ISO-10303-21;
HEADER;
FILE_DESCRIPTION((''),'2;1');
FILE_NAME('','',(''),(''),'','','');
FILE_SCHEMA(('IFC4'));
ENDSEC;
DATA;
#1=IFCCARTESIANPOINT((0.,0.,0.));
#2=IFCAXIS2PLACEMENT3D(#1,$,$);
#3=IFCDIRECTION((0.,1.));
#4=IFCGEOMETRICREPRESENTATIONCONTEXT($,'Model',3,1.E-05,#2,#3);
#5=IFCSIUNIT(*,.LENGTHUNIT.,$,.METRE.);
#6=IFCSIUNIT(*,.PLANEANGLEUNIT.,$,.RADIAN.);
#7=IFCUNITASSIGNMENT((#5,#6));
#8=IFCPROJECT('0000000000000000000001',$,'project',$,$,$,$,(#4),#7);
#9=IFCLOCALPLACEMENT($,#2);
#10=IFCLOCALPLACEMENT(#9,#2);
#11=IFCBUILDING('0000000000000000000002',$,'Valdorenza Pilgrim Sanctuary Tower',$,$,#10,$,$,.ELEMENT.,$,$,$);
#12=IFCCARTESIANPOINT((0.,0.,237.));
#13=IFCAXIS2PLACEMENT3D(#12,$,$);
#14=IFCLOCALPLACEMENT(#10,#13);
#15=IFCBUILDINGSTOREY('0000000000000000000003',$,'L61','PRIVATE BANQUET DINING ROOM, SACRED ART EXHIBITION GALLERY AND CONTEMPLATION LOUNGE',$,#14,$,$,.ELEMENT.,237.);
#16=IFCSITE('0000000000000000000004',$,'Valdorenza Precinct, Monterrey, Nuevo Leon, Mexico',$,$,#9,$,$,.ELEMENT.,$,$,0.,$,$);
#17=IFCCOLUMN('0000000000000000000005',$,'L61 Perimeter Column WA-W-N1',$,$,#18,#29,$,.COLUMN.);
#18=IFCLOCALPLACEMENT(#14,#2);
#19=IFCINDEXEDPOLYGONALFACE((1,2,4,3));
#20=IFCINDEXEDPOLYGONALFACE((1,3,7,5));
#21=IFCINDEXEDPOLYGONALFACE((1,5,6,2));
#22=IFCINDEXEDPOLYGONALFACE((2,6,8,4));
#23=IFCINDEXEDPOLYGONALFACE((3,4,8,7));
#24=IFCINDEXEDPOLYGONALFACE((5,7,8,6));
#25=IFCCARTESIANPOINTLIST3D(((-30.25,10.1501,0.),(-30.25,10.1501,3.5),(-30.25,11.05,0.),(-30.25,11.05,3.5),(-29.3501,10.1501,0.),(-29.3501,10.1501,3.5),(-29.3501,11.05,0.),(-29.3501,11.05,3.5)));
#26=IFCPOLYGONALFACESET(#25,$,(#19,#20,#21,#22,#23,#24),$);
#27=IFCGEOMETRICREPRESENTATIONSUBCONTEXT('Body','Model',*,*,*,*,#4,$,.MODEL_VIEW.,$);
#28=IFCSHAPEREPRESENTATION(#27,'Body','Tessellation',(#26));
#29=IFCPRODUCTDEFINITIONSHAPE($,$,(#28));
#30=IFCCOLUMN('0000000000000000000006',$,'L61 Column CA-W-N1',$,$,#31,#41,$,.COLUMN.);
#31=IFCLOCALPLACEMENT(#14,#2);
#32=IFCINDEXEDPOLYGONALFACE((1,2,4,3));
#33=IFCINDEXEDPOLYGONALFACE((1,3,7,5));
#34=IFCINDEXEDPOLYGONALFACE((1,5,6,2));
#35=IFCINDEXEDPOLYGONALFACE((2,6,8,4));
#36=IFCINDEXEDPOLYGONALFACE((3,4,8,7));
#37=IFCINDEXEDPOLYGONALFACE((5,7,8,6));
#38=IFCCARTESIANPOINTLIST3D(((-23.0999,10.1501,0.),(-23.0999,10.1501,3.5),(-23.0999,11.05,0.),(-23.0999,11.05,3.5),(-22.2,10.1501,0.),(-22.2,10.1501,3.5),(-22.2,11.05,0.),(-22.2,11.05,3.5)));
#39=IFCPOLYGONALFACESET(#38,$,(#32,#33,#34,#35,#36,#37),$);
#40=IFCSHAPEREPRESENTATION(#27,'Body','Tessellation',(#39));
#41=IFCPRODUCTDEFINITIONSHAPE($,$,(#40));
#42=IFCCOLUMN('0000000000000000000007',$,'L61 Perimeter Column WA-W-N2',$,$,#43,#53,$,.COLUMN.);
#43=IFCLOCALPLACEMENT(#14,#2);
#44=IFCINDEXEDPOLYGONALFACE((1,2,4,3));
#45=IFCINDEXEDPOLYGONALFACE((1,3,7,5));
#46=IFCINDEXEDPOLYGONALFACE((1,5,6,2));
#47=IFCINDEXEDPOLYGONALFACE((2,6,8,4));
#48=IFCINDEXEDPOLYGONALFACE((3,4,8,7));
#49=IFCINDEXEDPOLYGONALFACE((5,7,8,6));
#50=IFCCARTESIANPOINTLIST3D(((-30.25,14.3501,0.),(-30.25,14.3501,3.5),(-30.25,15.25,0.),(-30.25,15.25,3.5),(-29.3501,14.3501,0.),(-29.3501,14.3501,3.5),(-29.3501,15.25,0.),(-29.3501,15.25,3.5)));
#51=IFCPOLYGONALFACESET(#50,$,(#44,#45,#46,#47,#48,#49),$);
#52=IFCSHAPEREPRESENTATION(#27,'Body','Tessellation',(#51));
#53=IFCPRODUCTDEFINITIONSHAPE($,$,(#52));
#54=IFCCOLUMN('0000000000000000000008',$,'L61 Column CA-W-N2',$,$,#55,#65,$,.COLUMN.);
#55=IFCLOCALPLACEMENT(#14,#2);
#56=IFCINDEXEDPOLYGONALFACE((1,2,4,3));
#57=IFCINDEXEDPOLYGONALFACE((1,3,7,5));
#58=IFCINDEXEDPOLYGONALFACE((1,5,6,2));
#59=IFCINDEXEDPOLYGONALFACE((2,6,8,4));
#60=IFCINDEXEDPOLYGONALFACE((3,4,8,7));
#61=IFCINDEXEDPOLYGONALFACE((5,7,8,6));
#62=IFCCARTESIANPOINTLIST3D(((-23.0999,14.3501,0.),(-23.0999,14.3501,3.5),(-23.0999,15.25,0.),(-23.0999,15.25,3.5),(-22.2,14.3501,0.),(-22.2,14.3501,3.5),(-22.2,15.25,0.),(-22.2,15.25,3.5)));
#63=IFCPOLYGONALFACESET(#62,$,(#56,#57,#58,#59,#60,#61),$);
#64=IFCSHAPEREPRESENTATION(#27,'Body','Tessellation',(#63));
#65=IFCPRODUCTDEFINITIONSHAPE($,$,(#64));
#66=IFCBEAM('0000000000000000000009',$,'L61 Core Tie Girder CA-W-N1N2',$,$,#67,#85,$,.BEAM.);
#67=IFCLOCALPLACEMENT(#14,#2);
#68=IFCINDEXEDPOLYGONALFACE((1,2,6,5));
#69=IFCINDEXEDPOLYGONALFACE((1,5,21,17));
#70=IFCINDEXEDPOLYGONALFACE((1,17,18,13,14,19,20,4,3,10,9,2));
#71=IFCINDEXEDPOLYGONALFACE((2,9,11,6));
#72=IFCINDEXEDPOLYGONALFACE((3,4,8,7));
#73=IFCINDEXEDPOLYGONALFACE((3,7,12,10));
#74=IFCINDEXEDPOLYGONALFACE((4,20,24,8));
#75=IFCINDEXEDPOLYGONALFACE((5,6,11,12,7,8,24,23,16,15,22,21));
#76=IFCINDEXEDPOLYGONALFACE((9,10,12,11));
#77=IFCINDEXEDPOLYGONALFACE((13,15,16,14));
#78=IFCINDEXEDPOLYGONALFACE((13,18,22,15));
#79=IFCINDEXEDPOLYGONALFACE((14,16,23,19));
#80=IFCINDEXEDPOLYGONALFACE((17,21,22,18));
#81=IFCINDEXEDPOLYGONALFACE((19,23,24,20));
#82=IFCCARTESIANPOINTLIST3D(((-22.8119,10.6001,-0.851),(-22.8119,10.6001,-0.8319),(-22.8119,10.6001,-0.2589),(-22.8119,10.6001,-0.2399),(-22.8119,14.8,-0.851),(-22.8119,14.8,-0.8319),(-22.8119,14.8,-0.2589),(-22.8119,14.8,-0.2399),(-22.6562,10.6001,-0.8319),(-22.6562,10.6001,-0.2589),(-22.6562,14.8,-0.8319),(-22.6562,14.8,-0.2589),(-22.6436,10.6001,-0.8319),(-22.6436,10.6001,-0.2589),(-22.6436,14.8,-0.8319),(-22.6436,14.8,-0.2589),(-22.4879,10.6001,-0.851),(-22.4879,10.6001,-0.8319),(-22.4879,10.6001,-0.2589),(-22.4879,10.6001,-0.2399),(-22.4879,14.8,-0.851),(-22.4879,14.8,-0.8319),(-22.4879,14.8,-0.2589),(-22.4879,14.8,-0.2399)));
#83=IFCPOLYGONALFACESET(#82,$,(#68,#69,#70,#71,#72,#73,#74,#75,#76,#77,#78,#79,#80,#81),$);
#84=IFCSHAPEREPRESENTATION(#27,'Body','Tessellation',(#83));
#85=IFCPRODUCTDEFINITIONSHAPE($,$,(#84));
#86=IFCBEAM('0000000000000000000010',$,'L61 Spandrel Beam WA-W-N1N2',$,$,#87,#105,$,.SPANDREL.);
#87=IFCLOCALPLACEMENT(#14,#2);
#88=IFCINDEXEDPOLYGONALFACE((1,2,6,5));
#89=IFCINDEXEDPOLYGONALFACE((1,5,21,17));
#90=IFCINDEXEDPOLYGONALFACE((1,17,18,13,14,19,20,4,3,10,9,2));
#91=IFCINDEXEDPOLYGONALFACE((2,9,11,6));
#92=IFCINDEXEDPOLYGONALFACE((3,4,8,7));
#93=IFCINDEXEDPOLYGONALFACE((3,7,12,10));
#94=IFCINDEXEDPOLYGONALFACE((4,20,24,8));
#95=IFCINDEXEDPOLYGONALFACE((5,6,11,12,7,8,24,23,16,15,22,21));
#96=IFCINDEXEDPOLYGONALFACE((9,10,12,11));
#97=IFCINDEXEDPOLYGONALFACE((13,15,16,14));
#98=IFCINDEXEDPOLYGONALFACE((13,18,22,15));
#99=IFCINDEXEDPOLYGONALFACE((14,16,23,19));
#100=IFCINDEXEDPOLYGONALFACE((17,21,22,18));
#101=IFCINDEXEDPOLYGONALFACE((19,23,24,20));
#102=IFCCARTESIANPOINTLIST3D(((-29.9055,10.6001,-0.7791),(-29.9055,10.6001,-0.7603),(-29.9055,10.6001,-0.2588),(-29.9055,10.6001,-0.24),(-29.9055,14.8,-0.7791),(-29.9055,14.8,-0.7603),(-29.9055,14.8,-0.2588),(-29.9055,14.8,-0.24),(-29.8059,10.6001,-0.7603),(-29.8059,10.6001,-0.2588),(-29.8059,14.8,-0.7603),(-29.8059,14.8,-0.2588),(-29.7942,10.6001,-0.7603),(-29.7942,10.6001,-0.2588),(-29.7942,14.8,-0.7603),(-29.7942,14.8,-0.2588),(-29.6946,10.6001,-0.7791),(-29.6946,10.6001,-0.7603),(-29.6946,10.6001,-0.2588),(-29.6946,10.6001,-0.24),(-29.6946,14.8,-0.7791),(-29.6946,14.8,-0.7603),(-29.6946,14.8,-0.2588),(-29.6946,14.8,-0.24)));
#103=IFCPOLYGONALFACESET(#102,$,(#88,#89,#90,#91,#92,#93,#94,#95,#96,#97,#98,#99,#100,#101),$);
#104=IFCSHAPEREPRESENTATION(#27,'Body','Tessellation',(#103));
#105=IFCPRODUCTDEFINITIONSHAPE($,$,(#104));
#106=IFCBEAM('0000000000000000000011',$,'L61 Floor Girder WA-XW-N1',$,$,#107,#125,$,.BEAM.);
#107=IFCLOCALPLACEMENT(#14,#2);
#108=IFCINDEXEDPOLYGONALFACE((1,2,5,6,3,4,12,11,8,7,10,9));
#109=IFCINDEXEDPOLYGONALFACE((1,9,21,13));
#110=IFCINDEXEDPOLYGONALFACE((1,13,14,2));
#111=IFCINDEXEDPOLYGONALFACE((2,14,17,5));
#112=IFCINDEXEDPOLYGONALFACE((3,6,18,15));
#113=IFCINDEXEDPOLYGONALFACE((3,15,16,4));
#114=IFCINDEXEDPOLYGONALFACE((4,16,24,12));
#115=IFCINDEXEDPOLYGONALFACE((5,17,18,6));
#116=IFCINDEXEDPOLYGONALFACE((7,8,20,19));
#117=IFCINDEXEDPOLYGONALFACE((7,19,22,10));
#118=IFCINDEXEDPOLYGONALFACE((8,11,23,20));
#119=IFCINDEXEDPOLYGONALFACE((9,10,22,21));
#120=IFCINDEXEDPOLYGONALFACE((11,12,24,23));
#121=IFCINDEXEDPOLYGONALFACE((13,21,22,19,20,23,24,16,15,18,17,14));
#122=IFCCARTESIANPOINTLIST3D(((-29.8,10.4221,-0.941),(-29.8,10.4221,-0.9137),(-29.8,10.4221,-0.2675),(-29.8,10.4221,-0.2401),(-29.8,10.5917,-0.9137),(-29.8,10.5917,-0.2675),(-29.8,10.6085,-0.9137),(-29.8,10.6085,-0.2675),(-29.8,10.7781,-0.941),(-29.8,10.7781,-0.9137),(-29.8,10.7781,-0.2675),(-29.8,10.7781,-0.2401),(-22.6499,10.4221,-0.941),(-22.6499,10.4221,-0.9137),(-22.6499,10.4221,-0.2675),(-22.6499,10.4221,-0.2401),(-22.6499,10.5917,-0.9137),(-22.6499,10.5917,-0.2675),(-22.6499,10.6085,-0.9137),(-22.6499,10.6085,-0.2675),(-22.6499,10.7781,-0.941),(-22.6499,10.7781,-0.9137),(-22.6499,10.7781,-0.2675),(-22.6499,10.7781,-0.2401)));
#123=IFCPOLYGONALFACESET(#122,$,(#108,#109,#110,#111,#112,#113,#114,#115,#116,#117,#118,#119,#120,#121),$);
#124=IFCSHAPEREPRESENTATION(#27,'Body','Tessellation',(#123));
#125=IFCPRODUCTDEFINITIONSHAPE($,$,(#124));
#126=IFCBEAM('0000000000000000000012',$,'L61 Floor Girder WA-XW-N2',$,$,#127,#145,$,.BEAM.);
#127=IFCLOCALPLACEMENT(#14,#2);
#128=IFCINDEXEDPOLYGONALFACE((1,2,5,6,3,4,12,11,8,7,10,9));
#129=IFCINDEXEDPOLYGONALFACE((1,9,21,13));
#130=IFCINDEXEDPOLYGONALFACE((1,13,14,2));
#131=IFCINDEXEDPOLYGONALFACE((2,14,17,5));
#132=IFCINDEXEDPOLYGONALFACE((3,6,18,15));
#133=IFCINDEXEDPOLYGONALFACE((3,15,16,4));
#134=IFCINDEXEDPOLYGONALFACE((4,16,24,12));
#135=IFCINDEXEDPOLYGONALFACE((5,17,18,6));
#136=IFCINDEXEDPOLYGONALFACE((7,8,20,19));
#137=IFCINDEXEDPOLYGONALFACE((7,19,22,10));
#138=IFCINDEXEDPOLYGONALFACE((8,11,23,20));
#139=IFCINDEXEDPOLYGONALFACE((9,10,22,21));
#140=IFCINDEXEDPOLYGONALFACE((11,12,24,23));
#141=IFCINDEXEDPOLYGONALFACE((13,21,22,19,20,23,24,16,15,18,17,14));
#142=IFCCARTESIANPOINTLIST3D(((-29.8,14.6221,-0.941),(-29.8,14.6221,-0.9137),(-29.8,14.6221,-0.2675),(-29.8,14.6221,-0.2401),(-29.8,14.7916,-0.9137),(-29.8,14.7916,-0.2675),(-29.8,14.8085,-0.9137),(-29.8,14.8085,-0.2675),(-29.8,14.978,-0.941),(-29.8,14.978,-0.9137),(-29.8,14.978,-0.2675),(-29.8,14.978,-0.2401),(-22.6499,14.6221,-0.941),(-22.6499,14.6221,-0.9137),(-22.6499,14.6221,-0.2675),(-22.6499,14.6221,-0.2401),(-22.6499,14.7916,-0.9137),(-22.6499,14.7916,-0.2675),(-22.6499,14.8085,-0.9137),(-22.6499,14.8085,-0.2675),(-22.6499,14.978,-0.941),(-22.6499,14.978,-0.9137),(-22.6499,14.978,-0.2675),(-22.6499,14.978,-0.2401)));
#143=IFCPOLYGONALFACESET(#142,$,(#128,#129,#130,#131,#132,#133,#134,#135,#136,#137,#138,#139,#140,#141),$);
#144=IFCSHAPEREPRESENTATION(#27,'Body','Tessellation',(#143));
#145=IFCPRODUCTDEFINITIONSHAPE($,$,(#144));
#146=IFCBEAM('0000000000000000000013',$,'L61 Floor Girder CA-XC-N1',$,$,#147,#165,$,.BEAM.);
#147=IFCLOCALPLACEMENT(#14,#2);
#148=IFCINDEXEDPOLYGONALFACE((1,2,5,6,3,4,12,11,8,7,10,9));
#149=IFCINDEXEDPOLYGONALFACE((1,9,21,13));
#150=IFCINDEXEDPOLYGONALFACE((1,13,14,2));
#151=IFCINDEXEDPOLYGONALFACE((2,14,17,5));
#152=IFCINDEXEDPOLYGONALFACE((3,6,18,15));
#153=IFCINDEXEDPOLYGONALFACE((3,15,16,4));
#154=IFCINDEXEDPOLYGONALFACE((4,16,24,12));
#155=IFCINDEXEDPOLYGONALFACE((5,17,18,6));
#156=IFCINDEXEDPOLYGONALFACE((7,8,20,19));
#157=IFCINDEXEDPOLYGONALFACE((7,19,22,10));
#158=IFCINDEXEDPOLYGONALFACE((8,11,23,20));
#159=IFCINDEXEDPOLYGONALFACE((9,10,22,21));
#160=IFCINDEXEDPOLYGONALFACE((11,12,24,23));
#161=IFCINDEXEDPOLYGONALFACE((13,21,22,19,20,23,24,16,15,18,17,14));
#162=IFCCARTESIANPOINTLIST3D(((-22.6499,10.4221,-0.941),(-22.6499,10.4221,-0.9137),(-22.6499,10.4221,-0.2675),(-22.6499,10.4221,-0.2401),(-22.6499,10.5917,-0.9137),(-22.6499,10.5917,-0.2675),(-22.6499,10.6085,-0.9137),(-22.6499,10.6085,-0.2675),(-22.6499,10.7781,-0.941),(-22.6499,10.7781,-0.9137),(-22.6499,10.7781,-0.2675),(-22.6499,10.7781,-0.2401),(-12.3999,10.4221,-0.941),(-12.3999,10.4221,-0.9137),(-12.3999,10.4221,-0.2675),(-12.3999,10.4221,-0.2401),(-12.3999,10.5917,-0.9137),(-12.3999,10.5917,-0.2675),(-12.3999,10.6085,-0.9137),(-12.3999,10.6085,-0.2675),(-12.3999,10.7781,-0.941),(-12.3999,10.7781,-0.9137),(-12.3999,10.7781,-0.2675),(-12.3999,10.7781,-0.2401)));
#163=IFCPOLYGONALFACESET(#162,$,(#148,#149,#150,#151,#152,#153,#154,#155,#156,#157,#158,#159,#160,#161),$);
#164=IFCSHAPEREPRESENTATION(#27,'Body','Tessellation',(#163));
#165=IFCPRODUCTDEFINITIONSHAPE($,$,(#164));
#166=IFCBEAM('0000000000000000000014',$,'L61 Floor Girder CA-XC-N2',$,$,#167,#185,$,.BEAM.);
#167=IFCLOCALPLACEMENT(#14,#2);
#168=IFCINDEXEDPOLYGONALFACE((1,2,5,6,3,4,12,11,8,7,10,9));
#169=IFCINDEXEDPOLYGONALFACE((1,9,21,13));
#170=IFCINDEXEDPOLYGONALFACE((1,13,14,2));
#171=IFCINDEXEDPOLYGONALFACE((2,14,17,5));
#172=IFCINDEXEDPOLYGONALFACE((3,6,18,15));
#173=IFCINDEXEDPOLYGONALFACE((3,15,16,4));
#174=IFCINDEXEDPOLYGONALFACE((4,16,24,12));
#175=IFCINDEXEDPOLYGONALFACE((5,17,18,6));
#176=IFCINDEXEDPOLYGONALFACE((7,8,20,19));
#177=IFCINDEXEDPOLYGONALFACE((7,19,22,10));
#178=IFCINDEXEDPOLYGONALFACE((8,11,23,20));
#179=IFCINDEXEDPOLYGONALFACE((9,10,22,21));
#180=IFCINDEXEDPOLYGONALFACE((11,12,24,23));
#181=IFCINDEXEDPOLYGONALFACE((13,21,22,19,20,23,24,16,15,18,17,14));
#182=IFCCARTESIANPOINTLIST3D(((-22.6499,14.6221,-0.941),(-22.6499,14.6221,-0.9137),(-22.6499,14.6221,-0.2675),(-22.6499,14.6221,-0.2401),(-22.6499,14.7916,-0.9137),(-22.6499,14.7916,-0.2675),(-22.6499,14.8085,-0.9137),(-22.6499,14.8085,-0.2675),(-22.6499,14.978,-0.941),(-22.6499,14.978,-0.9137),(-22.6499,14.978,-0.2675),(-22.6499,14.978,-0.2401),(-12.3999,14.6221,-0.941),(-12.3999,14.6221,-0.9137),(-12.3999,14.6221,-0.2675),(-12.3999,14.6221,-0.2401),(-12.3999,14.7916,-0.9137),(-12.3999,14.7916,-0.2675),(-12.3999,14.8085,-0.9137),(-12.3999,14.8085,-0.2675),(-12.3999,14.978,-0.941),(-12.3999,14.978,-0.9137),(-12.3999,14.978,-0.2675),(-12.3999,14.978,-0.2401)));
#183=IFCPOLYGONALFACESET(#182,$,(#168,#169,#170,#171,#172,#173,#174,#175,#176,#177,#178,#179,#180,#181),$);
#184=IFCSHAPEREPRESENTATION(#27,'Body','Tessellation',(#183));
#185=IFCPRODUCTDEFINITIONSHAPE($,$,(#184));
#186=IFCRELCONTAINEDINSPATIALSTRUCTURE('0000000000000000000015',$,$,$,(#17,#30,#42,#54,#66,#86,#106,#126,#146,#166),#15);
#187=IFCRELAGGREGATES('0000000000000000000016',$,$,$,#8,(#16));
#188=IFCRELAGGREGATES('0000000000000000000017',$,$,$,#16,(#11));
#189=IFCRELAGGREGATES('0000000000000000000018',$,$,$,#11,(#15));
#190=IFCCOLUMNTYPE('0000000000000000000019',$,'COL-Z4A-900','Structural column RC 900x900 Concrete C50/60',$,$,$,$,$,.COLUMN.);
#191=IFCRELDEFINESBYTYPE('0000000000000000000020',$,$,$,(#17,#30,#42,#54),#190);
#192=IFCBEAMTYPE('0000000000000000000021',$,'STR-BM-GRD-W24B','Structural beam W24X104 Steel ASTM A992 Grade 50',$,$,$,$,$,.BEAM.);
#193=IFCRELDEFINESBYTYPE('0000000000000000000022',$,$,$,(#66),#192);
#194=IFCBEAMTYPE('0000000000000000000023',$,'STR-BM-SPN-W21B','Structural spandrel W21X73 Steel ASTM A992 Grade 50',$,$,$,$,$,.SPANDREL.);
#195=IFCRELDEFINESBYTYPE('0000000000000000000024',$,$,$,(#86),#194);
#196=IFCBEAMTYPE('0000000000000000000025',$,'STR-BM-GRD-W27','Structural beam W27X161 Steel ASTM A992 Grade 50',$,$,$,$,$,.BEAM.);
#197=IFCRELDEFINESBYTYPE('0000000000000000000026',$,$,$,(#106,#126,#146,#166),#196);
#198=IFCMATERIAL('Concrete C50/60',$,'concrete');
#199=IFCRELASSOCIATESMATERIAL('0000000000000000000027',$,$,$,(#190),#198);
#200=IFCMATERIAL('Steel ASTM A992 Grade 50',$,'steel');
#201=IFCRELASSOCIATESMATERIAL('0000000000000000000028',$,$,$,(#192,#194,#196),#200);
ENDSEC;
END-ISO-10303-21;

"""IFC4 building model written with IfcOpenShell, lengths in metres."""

from ifc_helpers import new_model, si_unit, direction, frame, origin, origin_2d, place, context, subcontext, project, spatial, rectangle, i_section, extrude, source, transform, mapped, material, material_profile, profile_set, type_object, element, save


model = new_model("IFC4")

# Units and contexts
model_context = context("Model", 3, precision=1e-05, world=origin(), true_north=direction((0.0, 1.0)))
body_context = subcontext(model_context, "Body", "Model", "MODEL_VIEW")
ifc_project = project(units=[si_unit("LENGTHUNIT", "METRE"), si_unit("PLANEANGLEUNIT", "RADIAN")], contexts=[model_context])

# Site, building, storey
site_placement = place(None, origin())
site = spatial("IfcSite", under=ifc_project, at=site_placement, Name="Valdorenza Precinct, Monterrey, Nuevo Leon, Mexico", CompositionType="ELEMENT", RefElevation=0.0)
building_placement = place(site_placement, origin())
building = spatial("IfcBuilding", under=site, at=building_placement, Name="Valdorenza Pilgrim Sanctuary Tower", CompositionType="ELEMENT")
storey_placement = place(building_placement, frame((0.0, 0.0, 237.0)))
storey = spatial("IfcBuildingStorey", under=building, at=storey_placement, Name="L61", Description="PRIVATE BANQUET DINING ROOM, SACRED ART EXHIBITION GALLERY AND CONTEMPLATION LOUNGE", CompositionType="ELEMENT", Elevation=237.0)

# Columns
ifc_material_1 = material(Name="Concrete C50/60", Category="concrete")
ifc_material_profile_1 = material_profile(ifc_material_1, rectangle(XDim=0.8999, YDim=0.8999, at=origin_2d()), Name="RC 900x900")
ifc_profile_set_1 = profile_set([ifc_material_profile_1], Name="Concrete C50/60")
column_type = type_object("IfcColumnType", Name="COL-Z4A-900", Description="Structural column RC 900x900 Concrete C50/60", PredefinedType="COLUMN", material=ifc_profile_set_1)
shared_shape_1 = source(origin(), body_context, "Body", "SweptSolid", [
    extrude(rectangle(XDim=0.8999, YDim=0.8999, at=origin_2d()), origin(), (0.0, 0.0, 1.0), 3.5),
])
for number, where, z_axis, x_axis, name in (
    (1, (-29.8, 10.6001, 0.0), (0.0, 0.0, 1.0), (1.0, 0.0, 0.0), "L61 Perimeter Column WA-W-N1"),
    (2, (-22.6499, 10.6001, 0.0), (0.0, 0.0, 1.0), (1.0, 0.0, 0.0), "L61 Column CA-W-N1"),
    (3, (-29.8, 14.8, 0.0), (0.0, 0.0, 1.0), (1.0, 0.0, 0.0), "L61 Perimeter Column WA-W-N2"),
    (4, (-22.6499, 14.8, 0.0), (0.0, 0.0, 1.0), (1.0, 0.0, 0.0), "L61 Column CA-W-N2"),
):
    element("IfcColumn", number, at=place(storey_placement, frame(where, z_axis=z_axis, x_axis=x_axis)), inside=storey, type_object=column_type, Name=name, PredefinedType="COLUMN", context=body_context, shape_type="MappedRepresentation", body=[
        mapped(shared_shape_1, transform((0.0, 0.0, 0.0), x_axis=(1.0, 0.0, 0.0), y_axis=(0.0, 1.0, 0.0), z_axis=(0.0, 0.0, 1.0), scale=1.0)),
    ])

# Beams
ifc_material_2 = material(Name="Steel ASTM A992 Grade 50", Category="steel")
ifc_material_profile_2 = material_profile(ifc_material_2, i_section(OverallWidth=0.324, OverallDepth=0.6111, WebThickness=0.0127, FlangeThickness=0.019, at=origin_2d()), Name="W24X104")
ifc_profile_set_2 = profile_set([ifc_material_profile_2], Name="Steel ASTM A992 Grade 50")
beam_type_1 = type_object("IfcBeamType", Name="STR-BM-GRD-W24B", Description="Structural beam W24X104 Steel ASTM A992 Grade 50", PredefinedType="BEAM", material=ifc_profile_set_2)
shared_shape_2 = source(origin(), body_context, "Body", "SweptSolid", [
    extrude(i_section(OverallWidth=0.324, OverallDepth=0.6111, WebThickness=0.0127, FlangeThickness=0.019, at=origin_2d()), origin(), (0.0, 0.0, 1.0), 4.2),
])
beam_1_placement = place(storey_placement, frame((-22.6499, 10.6001, -0.5454), z_axis=(0.0, 1.0, 0.0), x_axis=(-1.0, 0.0, 0.0)))
element("IfcBeam", 5, at=beam_1_placement, inside=storey, type_object=beam_type_1, Name="L61 Core Tie Girder CA-W-N1N2", PredefinedType="BEAM", context=body_context, shape_type="MappedRepresentation", body=[
    mapped(shared_shape_2, transform((0.0, 0.0, 0.0), x_axis=(1.0, 0.0, 0.0), y_axis=(0.0, 1.0, 0.0), z_axis=(0.0, 0.0, 1.0), scale=1.0)),
])
ifc_material_profile_3 = material_profile(ifc_material_2, i_section(OverallWidth=0.2109, OverallDepth=0.5391, WebThickness=0.0117, FlangeThickness=0.0188, at=origin_2d()), Name="W21X73")
ifc_profile_set_3 = profile_set([ifc_material_profile_3], Name="Steel ASTM A992 Grade 50")
beam_type_2 = type_object("IfcBeamType", Name="STR-BM-SPN-W21B", Description="Structural spandrel W21X73 Steel ASTM A992 Grade 50", PredefinedType="SPANDREL", material=ifc_profile_set_3)
shared_shape_3 = source(origin(), body_context, "Body", "SweptSolid", [
    extrude(i_section(OverallWidth=0.2109, OverallDepth=0.5391, WebThickness=0.0117, FlangeThickness=0.0188, at=origin_2d()), origin(), (0.0, 0.0, 1.0), 4.2),
])
beam_2_placement = place(storey_placement, frame((-29.8, 10.6001, -0.5095), z_axis=(0.0, 1.0, 0.0), x_axis=(-1.0, 0.0, 0.0)))
element("IfcBeam", 6, at=beam_2_placement, inside=storey, type_object=beam_type_2, Name="L61 Spandrel Beam WA-W-N1N2", PredefinedType="SPANDREL", context=body_context, shape_type="MappedRepresentation", body=[
    mapped(shared_shape_3, transform((0.0, 0.0, 0.0), x_axis=(1.0, 0.0, 0.0), y_axis=(0.0, 1.0, 0.0), z_axis=(0.0, 0.0, 1.0), scale=1.0)),
])
ifc_material_profile_4 = material_profile(ifc_material_2, i_section(OverallWidth=0.356, OverallDepth=0.7009, WebThickness=0.0168, FlangeThickness=0.0273, at=origin_2d()), Name="W27X161")
ifc_profile_set_4 = profile_set([ifc_material_profile_4], Name="Steel ASTM A992 Grade 50")
beam_type_3 = type_object("IfcBeamType", Name="STR-BM-GRD-W27", Description="Structural beam W27X161 Steel ASTM A992 Grade 50", PredefinedType="BEAM", material=ifc_profile_set_4)
shared_shape_4 = source(origin(), body_context, "Body", "SweptSolid", [
    extrude(i_section(OverallWidth=0.356, OverallDepth=0.7009, WebThickness=0.0168, FlangeThickness=0.0273, at=origin_2d()), origin(), (0.0, 0.0, 1.0), 7.1501),
])
for number, where, z_axis, x_axis, name in (
    (7, (-29.8, 10.6001, -0.5906), (1.0, 0.0, 0.0), (0.0, 1.0, 0.0), "L61 Floor Girder WA-XW-N1"),
    (8, (-29.8, 14.8, -0.5906), (1.0, 0.0, 0.0), (0.0, 1.0, 0.0), "L61 Floor Girder WA-XW-N2"),
):
    element("IfcBeam", number, at=place(storey_placement, frame(where, z_axis=z_axis, x_axis=x_axis)), inside=storey, type_object=beam_type_3, Name=name, PredefinedType="BEAM", context=body_context, shape_type="MappedRepresentation", body=[
        mapped(shared_shape_4, transform((0.0, 0.0, 0.0), x_axis=(1.0, 0.0, 0.0), y_axis=(0.0, 1.0, 0.0), z_axis=(0.0, 0.0, 1.0), scale=1.0)),
    ])
shared_shape_5 = source(origin(), body_context, "Body", "SweptSolid", [
    extrude(i_section(OverallWidth=0.356, OverallDepth=0.7009, WebThickness=0.0168, FlangeThickness=0.0273, at=origin_2d()), origin(), (0.0, 0.0, 1.0), 10.25),
])
for number, where, z_axis, x_axis, name in (
    (9, (-22.6499, 10.6001, -0.5906), (1.0, 0.0, 0.0), (0.0, 1.0, 0.0), "L61 Floor Girder CA-XC-N1"),
    (10, (-22.6499, 14.8, -0.5906), (1.0, 0.0, 0.0), (0.0, 1.0, 0.0), "L61 Floor Girder CA-XC-N2"),
):
    element("IfcBeam", number, at=place(storey_placement, frame(where, z_axis=z_axis, x_axis=x_axis)), inside=storey, type_object=beam_type_3, Name=name, PredefinedType="BEAM", context=body_context, shape_type="MappedRepresentation", body=[
        mapped(shared_shape_5, transform((0.0, 0.0, 0.0), x_axis=(1.0, 0.0, 0.0), y_axis=(0.0, 1.0, 0.0), z_axis=(0.0, 0.0, 1.0), scale=1.0)),
    ])

save(model, "model.ifc")
